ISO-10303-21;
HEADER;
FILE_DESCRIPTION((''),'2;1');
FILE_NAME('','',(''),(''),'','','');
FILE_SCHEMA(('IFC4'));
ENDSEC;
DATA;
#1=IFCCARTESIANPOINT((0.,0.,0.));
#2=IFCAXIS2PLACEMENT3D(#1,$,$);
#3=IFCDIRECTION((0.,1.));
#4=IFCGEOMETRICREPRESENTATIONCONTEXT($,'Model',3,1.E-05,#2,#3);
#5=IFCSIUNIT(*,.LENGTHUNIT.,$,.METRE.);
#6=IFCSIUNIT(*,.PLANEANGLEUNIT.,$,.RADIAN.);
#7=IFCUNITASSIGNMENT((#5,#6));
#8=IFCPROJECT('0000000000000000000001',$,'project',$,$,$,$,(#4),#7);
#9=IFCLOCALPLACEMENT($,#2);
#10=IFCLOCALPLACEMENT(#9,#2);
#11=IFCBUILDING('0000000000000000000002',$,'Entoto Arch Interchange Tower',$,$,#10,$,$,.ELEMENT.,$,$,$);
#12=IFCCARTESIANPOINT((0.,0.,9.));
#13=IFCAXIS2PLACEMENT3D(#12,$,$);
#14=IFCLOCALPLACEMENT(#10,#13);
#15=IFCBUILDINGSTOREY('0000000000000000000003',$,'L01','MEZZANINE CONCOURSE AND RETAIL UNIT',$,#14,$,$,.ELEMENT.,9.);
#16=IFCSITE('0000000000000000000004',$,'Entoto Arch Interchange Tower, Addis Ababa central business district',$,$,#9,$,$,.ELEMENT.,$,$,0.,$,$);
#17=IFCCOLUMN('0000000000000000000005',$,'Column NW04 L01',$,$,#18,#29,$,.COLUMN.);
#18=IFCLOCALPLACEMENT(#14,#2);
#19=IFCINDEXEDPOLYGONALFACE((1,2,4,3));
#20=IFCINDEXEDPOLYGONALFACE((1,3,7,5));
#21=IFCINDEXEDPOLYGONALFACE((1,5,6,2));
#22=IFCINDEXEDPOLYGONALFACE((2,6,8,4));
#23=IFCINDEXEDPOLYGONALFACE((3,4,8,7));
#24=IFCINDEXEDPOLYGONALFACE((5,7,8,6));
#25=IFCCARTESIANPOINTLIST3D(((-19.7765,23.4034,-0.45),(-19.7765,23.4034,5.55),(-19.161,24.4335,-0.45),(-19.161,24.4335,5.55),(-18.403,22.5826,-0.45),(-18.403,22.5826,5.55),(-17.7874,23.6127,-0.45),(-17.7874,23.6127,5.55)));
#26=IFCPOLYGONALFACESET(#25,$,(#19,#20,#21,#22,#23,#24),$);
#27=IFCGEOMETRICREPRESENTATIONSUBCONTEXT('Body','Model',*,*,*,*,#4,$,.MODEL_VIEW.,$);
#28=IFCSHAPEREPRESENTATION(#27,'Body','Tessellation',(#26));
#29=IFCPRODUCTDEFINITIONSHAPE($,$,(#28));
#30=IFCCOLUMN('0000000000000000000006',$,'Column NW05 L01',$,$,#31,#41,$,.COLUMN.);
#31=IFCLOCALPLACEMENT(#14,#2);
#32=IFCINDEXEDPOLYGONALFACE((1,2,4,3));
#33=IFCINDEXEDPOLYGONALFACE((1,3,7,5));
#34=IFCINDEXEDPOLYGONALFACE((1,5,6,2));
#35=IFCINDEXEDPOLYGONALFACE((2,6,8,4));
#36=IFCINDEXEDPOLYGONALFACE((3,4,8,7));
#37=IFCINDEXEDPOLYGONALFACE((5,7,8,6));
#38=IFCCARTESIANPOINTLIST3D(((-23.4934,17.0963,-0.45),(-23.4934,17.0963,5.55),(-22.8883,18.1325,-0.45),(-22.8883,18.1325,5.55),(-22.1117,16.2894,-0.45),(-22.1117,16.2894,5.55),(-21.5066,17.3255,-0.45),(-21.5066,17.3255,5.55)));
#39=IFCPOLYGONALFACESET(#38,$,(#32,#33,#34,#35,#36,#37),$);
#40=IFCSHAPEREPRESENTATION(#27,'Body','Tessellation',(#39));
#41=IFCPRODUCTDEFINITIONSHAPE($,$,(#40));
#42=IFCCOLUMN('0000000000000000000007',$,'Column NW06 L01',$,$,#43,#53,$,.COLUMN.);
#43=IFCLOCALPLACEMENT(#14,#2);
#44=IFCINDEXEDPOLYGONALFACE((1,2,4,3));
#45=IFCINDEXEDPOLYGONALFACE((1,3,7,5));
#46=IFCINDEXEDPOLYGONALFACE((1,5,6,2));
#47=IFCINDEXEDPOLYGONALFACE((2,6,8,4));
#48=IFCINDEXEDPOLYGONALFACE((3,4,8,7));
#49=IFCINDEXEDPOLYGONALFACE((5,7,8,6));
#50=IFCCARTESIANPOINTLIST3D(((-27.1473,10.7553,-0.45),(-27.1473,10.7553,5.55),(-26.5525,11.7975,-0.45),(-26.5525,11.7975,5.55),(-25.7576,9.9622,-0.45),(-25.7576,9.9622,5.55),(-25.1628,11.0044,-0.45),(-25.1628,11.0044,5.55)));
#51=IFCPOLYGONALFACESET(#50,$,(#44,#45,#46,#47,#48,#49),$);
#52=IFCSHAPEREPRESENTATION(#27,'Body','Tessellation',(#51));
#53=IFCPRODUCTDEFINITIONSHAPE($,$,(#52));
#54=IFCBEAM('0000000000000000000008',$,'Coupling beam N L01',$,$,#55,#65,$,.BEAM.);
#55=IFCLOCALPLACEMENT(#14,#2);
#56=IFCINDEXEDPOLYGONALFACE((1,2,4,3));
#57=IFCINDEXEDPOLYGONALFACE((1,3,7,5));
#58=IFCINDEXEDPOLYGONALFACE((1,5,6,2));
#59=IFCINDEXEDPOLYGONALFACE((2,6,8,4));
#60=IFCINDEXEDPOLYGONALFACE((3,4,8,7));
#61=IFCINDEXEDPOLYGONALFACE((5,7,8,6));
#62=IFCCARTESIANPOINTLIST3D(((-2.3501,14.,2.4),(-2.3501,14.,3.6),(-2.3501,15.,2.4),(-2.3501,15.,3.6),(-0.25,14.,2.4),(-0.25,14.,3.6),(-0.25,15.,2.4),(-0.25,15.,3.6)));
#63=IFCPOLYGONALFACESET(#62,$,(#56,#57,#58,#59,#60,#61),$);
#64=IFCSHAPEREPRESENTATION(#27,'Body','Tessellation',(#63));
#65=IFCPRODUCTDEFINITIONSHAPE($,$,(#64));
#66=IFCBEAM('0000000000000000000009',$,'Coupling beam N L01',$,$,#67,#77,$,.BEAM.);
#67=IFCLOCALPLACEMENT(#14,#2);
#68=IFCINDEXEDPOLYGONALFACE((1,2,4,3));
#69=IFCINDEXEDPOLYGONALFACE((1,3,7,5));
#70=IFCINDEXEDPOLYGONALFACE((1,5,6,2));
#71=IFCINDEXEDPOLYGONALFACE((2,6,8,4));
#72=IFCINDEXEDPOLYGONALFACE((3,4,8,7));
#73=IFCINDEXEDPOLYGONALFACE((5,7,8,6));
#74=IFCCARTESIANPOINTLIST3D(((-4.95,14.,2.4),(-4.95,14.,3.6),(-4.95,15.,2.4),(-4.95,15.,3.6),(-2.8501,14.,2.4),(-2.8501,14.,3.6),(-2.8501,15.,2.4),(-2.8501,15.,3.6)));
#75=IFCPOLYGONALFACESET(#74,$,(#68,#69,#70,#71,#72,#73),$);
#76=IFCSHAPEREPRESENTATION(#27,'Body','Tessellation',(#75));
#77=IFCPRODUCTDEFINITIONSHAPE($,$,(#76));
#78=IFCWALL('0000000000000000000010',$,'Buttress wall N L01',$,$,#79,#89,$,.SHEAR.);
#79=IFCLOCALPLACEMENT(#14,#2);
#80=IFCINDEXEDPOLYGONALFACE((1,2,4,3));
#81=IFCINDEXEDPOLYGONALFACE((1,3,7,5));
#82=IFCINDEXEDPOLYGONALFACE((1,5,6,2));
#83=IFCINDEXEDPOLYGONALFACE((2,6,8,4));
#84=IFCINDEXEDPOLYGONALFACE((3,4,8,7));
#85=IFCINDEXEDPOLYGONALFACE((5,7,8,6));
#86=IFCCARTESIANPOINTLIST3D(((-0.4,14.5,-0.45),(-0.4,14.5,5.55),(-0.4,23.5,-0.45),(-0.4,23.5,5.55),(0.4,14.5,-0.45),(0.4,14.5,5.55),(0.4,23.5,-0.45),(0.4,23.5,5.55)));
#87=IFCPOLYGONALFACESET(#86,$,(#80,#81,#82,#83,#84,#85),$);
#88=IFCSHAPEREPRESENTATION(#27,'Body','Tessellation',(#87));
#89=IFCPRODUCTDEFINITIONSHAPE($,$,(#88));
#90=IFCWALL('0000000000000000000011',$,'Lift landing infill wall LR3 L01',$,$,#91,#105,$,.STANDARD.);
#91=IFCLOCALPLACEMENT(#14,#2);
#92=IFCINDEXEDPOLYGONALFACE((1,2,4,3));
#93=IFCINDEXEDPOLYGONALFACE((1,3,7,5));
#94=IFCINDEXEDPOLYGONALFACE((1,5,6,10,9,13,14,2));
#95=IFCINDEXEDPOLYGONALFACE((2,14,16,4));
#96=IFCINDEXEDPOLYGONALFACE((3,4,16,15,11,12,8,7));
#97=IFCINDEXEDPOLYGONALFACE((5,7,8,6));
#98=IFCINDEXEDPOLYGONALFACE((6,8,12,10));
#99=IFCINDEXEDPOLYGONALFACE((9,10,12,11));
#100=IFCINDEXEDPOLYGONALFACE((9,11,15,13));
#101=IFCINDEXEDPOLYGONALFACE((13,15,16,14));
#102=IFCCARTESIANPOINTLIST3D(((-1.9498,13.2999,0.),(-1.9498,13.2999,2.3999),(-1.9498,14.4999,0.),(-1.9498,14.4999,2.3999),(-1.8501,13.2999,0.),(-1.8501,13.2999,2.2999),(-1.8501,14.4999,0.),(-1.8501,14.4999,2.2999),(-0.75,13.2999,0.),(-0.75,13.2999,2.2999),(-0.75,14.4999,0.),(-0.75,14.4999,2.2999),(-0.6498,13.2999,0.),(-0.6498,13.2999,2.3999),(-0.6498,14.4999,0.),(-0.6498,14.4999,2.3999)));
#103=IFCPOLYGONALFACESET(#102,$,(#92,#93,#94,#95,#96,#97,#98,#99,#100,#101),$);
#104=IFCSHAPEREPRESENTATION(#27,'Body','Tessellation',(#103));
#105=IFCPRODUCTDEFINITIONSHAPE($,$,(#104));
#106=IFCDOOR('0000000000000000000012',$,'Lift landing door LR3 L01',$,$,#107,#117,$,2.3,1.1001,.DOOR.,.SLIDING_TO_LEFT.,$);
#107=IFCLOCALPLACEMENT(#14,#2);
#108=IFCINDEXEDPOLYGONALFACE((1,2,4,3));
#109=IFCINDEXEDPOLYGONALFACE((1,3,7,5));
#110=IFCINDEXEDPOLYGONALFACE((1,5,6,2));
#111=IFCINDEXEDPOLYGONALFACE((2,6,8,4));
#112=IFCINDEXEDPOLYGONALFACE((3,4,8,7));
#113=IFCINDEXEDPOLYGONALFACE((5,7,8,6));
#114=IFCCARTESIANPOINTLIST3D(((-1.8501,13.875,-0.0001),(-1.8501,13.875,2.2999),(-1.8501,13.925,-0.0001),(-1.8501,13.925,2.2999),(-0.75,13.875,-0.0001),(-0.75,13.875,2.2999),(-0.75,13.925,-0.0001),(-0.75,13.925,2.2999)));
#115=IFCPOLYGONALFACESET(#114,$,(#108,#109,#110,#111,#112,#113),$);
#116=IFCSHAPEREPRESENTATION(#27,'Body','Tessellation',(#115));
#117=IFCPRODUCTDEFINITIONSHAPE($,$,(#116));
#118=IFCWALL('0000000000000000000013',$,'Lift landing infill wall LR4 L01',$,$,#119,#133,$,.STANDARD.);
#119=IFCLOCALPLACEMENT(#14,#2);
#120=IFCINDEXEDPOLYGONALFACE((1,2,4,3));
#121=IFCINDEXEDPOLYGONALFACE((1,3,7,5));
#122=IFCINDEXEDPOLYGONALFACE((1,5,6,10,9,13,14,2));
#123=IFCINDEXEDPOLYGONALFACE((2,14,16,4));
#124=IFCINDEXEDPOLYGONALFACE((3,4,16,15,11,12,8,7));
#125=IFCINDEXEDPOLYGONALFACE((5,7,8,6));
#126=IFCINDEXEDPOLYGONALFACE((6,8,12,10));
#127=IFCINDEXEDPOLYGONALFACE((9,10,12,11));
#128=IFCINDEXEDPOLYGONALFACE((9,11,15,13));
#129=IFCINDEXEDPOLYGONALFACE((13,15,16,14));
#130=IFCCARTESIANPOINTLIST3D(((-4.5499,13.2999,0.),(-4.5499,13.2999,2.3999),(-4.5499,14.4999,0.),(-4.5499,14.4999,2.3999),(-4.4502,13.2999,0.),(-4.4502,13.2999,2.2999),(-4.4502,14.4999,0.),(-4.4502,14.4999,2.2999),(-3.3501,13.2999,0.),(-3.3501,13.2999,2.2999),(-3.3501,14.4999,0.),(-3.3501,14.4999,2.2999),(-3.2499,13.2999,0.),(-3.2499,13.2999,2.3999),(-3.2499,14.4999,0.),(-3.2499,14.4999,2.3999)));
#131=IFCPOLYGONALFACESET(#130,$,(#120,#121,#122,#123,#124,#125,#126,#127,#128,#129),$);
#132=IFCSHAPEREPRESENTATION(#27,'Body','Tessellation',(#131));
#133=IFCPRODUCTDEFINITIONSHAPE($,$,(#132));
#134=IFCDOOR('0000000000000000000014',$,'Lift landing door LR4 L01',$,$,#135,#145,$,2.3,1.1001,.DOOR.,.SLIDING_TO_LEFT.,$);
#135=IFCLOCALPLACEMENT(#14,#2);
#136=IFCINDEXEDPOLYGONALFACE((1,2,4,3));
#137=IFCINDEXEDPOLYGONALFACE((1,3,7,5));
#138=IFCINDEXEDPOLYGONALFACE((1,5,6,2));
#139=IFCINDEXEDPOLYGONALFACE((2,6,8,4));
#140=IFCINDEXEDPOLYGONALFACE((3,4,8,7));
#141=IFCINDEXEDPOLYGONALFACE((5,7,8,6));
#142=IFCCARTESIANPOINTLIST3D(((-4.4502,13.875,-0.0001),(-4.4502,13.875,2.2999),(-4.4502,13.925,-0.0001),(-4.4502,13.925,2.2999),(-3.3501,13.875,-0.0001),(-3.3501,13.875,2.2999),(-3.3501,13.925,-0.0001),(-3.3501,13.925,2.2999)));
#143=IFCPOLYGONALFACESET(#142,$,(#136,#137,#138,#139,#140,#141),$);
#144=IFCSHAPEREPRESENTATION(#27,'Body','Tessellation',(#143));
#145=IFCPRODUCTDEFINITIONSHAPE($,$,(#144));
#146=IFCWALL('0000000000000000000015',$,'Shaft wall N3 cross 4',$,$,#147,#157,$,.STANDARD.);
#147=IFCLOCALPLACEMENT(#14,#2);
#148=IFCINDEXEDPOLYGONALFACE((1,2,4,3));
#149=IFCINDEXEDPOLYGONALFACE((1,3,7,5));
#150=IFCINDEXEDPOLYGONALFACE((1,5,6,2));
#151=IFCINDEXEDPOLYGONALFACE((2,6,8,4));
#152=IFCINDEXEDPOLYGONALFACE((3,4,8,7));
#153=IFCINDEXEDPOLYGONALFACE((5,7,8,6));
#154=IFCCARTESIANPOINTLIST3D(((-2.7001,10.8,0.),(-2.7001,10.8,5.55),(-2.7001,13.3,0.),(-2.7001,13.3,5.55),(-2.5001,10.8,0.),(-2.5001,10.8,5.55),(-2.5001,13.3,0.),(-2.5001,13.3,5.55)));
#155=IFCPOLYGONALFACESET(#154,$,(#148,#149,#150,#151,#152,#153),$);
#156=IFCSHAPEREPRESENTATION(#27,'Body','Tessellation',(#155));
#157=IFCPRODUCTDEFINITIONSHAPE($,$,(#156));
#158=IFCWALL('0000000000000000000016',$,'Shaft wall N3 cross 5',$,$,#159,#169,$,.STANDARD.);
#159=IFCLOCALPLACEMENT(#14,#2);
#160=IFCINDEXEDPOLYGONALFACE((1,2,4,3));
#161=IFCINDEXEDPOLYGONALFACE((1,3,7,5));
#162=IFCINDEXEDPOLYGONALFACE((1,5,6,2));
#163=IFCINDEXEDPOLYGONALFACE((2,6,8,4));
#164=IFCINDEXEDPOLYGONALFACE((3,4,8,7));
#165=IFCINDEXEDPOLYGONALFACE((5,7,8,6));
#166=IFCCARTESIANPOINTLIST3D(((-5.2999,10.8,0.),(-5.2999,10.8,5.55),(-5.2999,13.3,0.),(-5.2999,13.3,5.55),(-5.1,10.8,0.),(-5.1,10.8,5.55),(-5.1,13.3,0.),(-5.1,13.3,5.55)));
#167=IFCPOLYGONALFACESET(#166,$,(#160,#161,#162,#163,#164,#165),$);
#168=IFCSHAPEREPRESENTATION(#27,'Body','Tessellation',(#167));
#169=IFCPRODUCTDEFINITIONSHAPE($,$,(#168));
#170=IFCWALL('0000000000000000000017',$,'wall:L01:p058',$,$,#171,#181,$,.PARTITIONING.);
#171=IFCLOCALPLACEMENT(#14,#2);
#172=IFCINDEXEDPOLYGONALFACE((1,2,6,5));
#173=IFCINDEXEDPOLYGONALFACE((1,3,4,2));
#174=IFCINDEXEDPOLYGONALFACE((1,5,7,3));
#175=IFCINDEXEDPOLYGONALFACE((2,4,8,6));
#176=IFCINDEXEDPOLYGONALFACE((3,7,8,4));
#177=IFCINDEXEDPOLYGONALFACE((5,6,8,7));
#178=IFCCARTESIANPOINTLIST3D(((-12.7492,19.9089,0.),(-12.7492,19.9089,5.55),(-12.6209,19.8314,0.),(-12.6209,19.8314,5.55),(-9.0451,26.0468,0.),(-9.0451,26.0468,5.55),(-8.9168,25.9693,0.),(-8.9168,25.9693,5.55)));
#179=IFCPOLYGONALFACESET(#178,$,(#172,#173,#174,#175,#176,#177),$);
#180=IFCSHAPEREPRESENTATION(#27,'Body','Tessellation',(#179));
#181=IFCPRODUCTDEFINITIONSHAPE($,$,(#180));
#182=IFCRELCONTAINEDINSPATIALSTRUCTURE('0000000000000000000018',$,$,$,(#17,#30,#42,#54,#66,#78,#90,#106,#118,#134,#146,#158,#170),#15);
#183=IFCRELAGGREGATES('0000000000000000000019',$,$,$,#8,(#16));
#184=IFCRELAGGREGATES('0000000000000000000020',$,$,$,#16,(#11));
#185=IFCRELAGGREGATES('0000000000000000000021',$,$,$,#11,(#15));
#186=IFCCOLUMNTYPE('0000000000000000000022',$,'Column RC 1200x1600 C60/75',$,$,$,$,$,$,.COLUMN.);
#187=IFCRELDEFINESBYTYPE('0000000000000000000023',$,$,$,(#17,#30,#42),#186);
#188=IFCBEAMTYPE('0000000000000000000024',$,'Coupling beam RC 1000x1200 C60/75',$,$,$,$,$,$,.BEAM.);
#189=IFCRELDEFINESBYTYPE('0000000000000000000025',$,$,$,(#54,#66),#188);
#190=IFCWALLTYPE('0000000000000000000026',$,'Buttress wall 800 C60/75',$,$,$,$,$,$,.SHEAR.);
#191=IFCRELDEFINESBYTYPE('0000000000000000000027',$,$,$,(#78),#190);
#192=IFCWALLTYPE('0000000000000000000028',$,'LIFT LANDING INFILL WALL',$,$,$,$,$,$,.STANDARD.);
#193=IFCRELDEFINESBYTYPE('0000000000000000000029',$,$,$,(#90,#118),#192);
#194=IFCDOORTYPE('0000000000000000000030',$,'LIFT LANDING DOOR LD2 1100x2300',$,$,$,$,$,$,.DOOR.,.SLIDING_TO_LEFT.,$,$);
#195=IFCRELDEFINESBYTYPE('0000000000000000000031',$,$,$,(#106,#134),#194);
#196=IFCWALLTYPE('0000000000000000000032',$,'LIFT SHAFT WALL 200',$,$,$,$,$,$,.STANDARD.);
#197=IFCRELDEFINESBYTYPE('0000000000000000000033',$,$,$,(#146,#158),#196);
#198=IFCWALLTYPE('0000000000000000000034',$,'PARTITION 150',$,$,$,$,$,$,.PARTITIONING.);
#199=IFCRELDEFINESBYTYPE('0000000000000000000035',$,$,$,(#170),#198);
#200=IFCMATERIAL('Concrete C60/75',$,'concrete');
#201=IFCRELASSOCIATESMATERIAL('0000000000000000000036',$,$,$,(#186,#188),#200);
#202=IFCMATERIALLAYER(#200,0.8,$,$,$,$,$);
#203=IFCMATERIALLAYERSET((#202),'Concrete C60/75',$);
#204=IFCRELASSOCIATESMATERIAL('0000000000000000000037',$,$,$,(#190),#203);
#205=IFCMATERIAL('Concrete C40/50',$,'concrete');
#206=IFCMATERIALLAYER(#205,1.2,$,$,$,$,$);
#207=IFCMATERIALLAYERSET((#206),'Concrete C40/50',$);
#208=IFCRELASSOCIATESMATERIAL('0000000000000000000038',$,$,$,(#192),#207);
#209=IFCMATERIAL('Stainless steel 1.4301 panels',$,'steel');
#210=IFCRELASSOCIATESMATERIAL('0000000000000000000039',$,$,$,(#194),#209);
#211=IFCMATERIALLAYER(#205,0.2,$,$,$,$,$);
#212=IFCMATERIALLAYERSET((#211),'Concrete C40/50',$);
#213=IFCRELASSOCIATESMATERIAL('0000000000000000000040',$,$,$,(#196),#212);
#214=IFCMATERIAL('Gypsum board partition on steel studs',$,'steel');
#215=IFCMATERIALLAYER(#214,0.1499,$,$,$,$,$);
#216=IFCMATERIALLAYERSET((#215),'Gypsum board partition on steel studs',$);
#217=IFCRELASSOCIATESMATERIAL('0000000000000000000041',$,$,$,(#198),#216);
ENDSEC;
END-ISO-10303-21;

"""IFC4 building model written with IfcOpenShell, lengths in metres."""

from ifc_helpers import new_model, si_unit, direction, frame, frame_2d, origin, origin_2d, place, context, subcontext, project, spatial, rectangle, extrude, material, layer, layer_set, material_profile, profile_set, type_object, element, fill, save


model = new_model("IFC4")

# Units and contexts
model_context = context("Model", 3, precision=1e-05, world=origin(), true_north=direction((0.0, 1.0)))
body_context = subcontext(model_context, "Body", "Model", "MODEL_VIEW")
ifc_project = project(units=[si_unit("LENGTHUNIT", "METRE"), si_unit("PLANEANGLEUNIT", "RADIAN")], contexts=[model_context])

# Site, building, storey
site_placement = place(None, origin())
site = spatial("IfcSite", under=ifc_project, at=site_placement, Name="Entoto Arch Interchange Tower, Addis Ababa central business district", CompositionType="ELEMENT", RefElevation=0.0)
building_placement = place(site_placement, origin())
building = spatial("IfcBuilding", under=site, at=building_placement, Name="Entoto Arch Interchange Tower", CompositionType="ELEMENT")
storey_placement = place(building_placement, frame((0.0, 0.0, 9.0)))
storey = spatial("IfcBuildingStorey", under=building, at=storey_placement, Name="L01", Description="MEZZANINE CONCOURSE AND RETAIL UNIT", CompositionType="ELEMENT", Elevation=9.0)

# Columns
ifc_material_1 = material(Name="Concrete C60/75", Category="concrete")
ifc_material_profile_1 = material_profile(ifc_material_1, rectangle(XDim=1.2, YDim=1.6001, at=origin_2d()))
ifc_profile_set_1 = profile_set([ifc_material_profile_1], Name="Concrete C60/75")
column_type = type_object("IfcColumnType", Name="Column RC 1200x1600 C60/75", PredefinedType="COLUMN", material=ifc_profile_set_1)
for number, where, z_axis, x_axis, name in (
    (1, (-18.782, 23.5081, -0.45), (0.0, 0.0, 1.0), (0.512972, 0.858405, 0.0), "Column NW04 L01"),
    (2, (-22.5, 17.2109, -0.45), (0.0, 0.0, 1.0), (0.504332, 0.86351, 0.0), "Column NW05 L01"),
    (3, (-26.155, 10.8799, -0.45), (0.0, 0.0, 1.0), (0.495656, 0.868519, 0.0), "Column NW06 L01"),
):
    element("IfcColumn", number, at=place(storey_placement, frame(where, z_axis=z_axis, x_axis=x_axis)), inside=storey, type_object=column_type, Name=name, PredefinedType="COLUMN", context=body_context, shape_type="SweptSolid", body=[
        extrude(rectangle(XDim=1.2, YDim=1.6001, at=origin_2d()), origin(), (0.0, 0.0, 1.0), 6.0),
    ])

# Beams
ifc_material_profile_2 = material_profile(ifc_material_1, rectangle(XDim=1.0, YDim=1.2, at=origin_2d()))
ifc_profile_set_2 = profile_set([ifc_material_profile_2], Name="Concrete C60/75")
beam_type = type_object("IfcBeamType", Name="Coupling beam RC 1000x1200 C60/75", PredefinedType="BEAM", material=ifc_profile_set_2)
beam_1_placement = place(storey_placement, frame((-0.25, 14.5, 3.0), z_axis=(-1.0, 0.0, 0.0), x_axis=(0.0, -1.0, 0.0)))
element("IfcBeam", 4, at=beam_1_placement, inside=storey, type_object=beam_type, Name="Coupling beam N L01", PredefinedType="BEAM", context=body_context, shape_type="SweptSolid", body=[
    extrude(rectangle(XDim=1.0, YDim=1.2, at=origin_2d()), origin(), (0.0, 0.0, 1.0), 2.1001),
])
beam_2_placement = place(storey_placement, frame((-2.8501, 14.5, 3.0), z_axis=(-1.0, 0.0, 0.0), x_axis=(0.0, -1.0, 0.0)))
element("IfcBeam", 5, at=beam_2_placement, inside=storey, type_object=beam_type, Name="Coupling beam N L01", PredefinedType="BEAM", context=body_context, shape_type="SweptSolid", body=[
    extrude(rectangle(XDim=1.0, YDim=1.2, at=origin_2d()), origin(), (0.0, 0.0, 1.0), 2.0999),
])

# Wall
ifc_layer_1 = layer(ifc_material_1, 0.8)
ifc_layer_set_1 = layer_set([ifc_layer_1], Name="Concrete C60/75")
wall_type_1 = type_object("IfcWallType", Name="Buttress wall 800 C60/75", PredefinedType="SHEAR", material=ifc_layer_set_1)
wall_1_placement = place(storey_placement, frame((0.0, 14.5, -0.45), z_axis=(0.0, 0.0, 1.0), x_axis=(0.0, 1.0, 0.0)))
element("IfcWall", 6, at=wall_1_placement, inside=storey, type_object=wall_type_1, Name="Buttress wall N L01", PredefinedType="SHEAR", context=body_context, shape_type="SweptSolid", body=[
    extrude(rectangle(XDim=9.0, YDim=0.8, at=frame_2d((4.5, 0.0))), origin(), (0.0, 0.0, 1.0), 6.0),
])

# Walls, openings, doors
ifc_material_2 = material(Name="Concrete C40/50", Category="concrete")
ifc_layer_2 = layer(ifc_material_2, 1.2)
ifc_layer_set_2 = layer_set([ifc_layer_2], Name="Concrete C40/50")
wall_type_2 = type_object("IfcWallType", Name="LIFT LANDING INFILL WALL", PredefinedType="STANDARD", material=ifc_layer_set_2)
wall_2_placement = place(storey_placement, frame((-0.6499, 13.8999, 0.0), z_axis=(0.0, 0.0, 1.0), x_axis=(-1.0, 0.0, 0.0)))
wall_2 = element("IfcWall", 7, at=wall_2_placement, inside=storey, type_object=wall_type_2, Name="Lift landing infill wall LR3 L01", PredefinedType="STANDARD", context=body_context, shape_type="SweptSolid", body=[
    extrude(rectangle(XDim=1.3, YDim=1.2, at=frame_2d((0.6499, 0.0))), origin(), (0.0, 0.0, 1.0), 2.3999),
])
opening_1_placement = place(wall_2_placement, frame((0.1001, 0.0, 0.0)))
opening_1 = element("IfcOpeningElement", 8, at=opening_1_placement, cuts=wall_2, PredefinedType="OPENING", context=body_context, shape_type="SweptSolid", body=[
    extrude(rectangle(XDim=1.1001, YDim=2.3, at=frame_2d((0.55, 1.1499))), frame((0.0, 0.6099, 0.0), z_axis=(0.0, -1.0, 0.0), x_axis=(1.0, 0.0, 0.0)), (0.0, 0.0, 1.0), 1.22),
])
ifc_material_3 = material(Name="Stainless steel 1.4301 panels", Category="steel")
door_type_1 = type_object("IfcDoorType", Name="LIFT LANDING DOOR LD2 1100x2300", OperationType="SLIDING_TO_LEFT", PredefinedType="DOOR", material=ifc_material_3)
door_1_placement = place(opening_1_placement, origin())
door_1 = element("IfcDoor", 9, at=door_1_placement, inside=storey, type_object=door_type_1, Name="Lift landing door LR3 L01", OperationType="SLIDING_TO_LEFT", OverallHeight=2.3, OverallWidth=1.1001, PredefinedType="DOOR", context=body_context, shape_type="SweptSolid", body=[
    extrude(rectangle(XDim=1.1001, YDim=2.3, at=frame_2d((0.55, 1.1499))), frame((0.0, 0.0249, 0.0), z_axis=(0.0, -1.0, 0.0), x_axis=(1.0, 0.0, 0.0)), (0.0, 0.0, 1.0), 0.05),
])
fill(opening_1, door_1)
wall_3_placement = place(storey_placement, frame((-3.25, 13.8999, 0.0), z_axis=(0.0, 0.0, 1.0), x_axis=(-1.0, 0.0, 0.0)))
wall_3 = element("IfcWall", 10, at=wall_3_placement, inside=storey, type_object=wall_type_2, Name="Lift landing infill wall LR4 L01", PredefinedType="STANDARD", context=body_context, shape_type="SweptSolid", body=[
    extrude(rectangle(XDim=1.3, YDim=1.2, at=frame_2d((0.6499, 0.0))), origin(), (0.0, 0.0, 1.0), 2.3999),
])
opening_2_placement = place(wall_3_placement, frame((0.1001, 0.0, 0.0)))
opening_2 = element("IfcOpeningElement", 11, at=opening_2_placement, cuts=wall_3, PredefinedType="OPENING", context=body_context, shape_type="SweptSolid", body=[
    extrude(rectangle(XDim=1.1001, YDim=2.3, at=frame_2d((0.55, 1.1499))), frame((0.0, 0.6099, 0.0), z_axis=(0.0, -1.0, 0.0), x_axis=(1.0, 0.0, 0.0)), (0.0, 0.0, 1.0), 1.22),
])
door_2_placement = place(opening_2_placement, origin())
door_2 = element("IfcDoor", 12, at=door_2_placement, inside=storey, type_object=door_type_1, Name="Lift landing door LR4 L01", OperationType="SLIDING_TO_LEFT", OverallHeight=2.3, OverallWidth=1.1001, PredefinedType="DOOR", context=body_context, shape_type="SweptSolid", body=[
    extrude(rectangle(XDim=1.1001, YDim=2.3, at=frame_2d((0.55, 1.1499))), frame((0.0, 0.0249, 0.0), z_axis=(0.0, -1.0, 0.0), x_axis=(1.0, 0.0, 0.0)), (0.0, 0.0, 1.0), 0.05),
])
fill(opening_2, door_2)

# Walls
ifc_layer_3 = layer(ifc_material_2, 0.2)
ifc_layer_set_3 = layer_set([ifc_layer_3], Name="Concrete C40/50")
wall_type_3 = type_object("IfcWallType", Name="LIFT SHAFT WALL 200", PredefinedType="STANDARD", material=ifc_layer_set_3)
for number, where, z_axis, x_axis, name in (
    (13, (-2.6001, 10.8, 0.0), (0.0, 0.0, 1.0), (0.0, 1.0, 0.0), "Shaft wall N3 cross 4"),
    (14, (-5.2, 10.8, 0.0), (0.0, 0.0, 1.0), (0.0, 1.0, 0.0), "Shaft wall N3 cross 5"),
):
    element("IfcWall", number, at=place(storey_placement, frame(where, z_axis=z_axis, x_axis=x_axis)), inside=storey, type_object=wall_type_3, Name=name, PredefinedType="STANDARD", context=body_context, shape_type="SweptSolid", body=[
        extrude(rectangle(XDim=2.5, YDim=0.2, at=frame_2d((1.25, 0.0))), origin(), (0.0, 0.0, 1.0), 5.55),
    ])
ifc_material_4 = material(Name="Gypsum board partition on steel studs", Category="steel")
ifc_layer_4 = layer(ifc_material_4, 0.1499)
ifc_layer_set_4 = layer_set([ifc_layer_4], Name="Gypsum board partition on steel studs")
wall_type_4 = type_object("IfcWallType", Name="PARTITION 150", PredefinedType="PARTITIONING", material=ifc_layer_set_4)
wall_4_placement = place(storey_placement, frame((-8.981, 26.0081, 0.0), z_axis=(0.0, 0.0, 1.0), x_axis=(-0.516683, -0.856177, 0.0)))
element("IfcWall", 15, at=wall_4_placement, inside=storey, type_object=wall_type_4, Name="wall:L01:p058", PredefinedType="PARTITIONING", context=body_context, shape_type="SweptSolid", body=[
    extrude(rectangle(XDim=7.1689, YDim=0.1499, at=frame_2d((3.5845, 0.0))), origin(), (0.0, 0.0, 1.0), 5.55),
])

save(model, "model.ifc")
